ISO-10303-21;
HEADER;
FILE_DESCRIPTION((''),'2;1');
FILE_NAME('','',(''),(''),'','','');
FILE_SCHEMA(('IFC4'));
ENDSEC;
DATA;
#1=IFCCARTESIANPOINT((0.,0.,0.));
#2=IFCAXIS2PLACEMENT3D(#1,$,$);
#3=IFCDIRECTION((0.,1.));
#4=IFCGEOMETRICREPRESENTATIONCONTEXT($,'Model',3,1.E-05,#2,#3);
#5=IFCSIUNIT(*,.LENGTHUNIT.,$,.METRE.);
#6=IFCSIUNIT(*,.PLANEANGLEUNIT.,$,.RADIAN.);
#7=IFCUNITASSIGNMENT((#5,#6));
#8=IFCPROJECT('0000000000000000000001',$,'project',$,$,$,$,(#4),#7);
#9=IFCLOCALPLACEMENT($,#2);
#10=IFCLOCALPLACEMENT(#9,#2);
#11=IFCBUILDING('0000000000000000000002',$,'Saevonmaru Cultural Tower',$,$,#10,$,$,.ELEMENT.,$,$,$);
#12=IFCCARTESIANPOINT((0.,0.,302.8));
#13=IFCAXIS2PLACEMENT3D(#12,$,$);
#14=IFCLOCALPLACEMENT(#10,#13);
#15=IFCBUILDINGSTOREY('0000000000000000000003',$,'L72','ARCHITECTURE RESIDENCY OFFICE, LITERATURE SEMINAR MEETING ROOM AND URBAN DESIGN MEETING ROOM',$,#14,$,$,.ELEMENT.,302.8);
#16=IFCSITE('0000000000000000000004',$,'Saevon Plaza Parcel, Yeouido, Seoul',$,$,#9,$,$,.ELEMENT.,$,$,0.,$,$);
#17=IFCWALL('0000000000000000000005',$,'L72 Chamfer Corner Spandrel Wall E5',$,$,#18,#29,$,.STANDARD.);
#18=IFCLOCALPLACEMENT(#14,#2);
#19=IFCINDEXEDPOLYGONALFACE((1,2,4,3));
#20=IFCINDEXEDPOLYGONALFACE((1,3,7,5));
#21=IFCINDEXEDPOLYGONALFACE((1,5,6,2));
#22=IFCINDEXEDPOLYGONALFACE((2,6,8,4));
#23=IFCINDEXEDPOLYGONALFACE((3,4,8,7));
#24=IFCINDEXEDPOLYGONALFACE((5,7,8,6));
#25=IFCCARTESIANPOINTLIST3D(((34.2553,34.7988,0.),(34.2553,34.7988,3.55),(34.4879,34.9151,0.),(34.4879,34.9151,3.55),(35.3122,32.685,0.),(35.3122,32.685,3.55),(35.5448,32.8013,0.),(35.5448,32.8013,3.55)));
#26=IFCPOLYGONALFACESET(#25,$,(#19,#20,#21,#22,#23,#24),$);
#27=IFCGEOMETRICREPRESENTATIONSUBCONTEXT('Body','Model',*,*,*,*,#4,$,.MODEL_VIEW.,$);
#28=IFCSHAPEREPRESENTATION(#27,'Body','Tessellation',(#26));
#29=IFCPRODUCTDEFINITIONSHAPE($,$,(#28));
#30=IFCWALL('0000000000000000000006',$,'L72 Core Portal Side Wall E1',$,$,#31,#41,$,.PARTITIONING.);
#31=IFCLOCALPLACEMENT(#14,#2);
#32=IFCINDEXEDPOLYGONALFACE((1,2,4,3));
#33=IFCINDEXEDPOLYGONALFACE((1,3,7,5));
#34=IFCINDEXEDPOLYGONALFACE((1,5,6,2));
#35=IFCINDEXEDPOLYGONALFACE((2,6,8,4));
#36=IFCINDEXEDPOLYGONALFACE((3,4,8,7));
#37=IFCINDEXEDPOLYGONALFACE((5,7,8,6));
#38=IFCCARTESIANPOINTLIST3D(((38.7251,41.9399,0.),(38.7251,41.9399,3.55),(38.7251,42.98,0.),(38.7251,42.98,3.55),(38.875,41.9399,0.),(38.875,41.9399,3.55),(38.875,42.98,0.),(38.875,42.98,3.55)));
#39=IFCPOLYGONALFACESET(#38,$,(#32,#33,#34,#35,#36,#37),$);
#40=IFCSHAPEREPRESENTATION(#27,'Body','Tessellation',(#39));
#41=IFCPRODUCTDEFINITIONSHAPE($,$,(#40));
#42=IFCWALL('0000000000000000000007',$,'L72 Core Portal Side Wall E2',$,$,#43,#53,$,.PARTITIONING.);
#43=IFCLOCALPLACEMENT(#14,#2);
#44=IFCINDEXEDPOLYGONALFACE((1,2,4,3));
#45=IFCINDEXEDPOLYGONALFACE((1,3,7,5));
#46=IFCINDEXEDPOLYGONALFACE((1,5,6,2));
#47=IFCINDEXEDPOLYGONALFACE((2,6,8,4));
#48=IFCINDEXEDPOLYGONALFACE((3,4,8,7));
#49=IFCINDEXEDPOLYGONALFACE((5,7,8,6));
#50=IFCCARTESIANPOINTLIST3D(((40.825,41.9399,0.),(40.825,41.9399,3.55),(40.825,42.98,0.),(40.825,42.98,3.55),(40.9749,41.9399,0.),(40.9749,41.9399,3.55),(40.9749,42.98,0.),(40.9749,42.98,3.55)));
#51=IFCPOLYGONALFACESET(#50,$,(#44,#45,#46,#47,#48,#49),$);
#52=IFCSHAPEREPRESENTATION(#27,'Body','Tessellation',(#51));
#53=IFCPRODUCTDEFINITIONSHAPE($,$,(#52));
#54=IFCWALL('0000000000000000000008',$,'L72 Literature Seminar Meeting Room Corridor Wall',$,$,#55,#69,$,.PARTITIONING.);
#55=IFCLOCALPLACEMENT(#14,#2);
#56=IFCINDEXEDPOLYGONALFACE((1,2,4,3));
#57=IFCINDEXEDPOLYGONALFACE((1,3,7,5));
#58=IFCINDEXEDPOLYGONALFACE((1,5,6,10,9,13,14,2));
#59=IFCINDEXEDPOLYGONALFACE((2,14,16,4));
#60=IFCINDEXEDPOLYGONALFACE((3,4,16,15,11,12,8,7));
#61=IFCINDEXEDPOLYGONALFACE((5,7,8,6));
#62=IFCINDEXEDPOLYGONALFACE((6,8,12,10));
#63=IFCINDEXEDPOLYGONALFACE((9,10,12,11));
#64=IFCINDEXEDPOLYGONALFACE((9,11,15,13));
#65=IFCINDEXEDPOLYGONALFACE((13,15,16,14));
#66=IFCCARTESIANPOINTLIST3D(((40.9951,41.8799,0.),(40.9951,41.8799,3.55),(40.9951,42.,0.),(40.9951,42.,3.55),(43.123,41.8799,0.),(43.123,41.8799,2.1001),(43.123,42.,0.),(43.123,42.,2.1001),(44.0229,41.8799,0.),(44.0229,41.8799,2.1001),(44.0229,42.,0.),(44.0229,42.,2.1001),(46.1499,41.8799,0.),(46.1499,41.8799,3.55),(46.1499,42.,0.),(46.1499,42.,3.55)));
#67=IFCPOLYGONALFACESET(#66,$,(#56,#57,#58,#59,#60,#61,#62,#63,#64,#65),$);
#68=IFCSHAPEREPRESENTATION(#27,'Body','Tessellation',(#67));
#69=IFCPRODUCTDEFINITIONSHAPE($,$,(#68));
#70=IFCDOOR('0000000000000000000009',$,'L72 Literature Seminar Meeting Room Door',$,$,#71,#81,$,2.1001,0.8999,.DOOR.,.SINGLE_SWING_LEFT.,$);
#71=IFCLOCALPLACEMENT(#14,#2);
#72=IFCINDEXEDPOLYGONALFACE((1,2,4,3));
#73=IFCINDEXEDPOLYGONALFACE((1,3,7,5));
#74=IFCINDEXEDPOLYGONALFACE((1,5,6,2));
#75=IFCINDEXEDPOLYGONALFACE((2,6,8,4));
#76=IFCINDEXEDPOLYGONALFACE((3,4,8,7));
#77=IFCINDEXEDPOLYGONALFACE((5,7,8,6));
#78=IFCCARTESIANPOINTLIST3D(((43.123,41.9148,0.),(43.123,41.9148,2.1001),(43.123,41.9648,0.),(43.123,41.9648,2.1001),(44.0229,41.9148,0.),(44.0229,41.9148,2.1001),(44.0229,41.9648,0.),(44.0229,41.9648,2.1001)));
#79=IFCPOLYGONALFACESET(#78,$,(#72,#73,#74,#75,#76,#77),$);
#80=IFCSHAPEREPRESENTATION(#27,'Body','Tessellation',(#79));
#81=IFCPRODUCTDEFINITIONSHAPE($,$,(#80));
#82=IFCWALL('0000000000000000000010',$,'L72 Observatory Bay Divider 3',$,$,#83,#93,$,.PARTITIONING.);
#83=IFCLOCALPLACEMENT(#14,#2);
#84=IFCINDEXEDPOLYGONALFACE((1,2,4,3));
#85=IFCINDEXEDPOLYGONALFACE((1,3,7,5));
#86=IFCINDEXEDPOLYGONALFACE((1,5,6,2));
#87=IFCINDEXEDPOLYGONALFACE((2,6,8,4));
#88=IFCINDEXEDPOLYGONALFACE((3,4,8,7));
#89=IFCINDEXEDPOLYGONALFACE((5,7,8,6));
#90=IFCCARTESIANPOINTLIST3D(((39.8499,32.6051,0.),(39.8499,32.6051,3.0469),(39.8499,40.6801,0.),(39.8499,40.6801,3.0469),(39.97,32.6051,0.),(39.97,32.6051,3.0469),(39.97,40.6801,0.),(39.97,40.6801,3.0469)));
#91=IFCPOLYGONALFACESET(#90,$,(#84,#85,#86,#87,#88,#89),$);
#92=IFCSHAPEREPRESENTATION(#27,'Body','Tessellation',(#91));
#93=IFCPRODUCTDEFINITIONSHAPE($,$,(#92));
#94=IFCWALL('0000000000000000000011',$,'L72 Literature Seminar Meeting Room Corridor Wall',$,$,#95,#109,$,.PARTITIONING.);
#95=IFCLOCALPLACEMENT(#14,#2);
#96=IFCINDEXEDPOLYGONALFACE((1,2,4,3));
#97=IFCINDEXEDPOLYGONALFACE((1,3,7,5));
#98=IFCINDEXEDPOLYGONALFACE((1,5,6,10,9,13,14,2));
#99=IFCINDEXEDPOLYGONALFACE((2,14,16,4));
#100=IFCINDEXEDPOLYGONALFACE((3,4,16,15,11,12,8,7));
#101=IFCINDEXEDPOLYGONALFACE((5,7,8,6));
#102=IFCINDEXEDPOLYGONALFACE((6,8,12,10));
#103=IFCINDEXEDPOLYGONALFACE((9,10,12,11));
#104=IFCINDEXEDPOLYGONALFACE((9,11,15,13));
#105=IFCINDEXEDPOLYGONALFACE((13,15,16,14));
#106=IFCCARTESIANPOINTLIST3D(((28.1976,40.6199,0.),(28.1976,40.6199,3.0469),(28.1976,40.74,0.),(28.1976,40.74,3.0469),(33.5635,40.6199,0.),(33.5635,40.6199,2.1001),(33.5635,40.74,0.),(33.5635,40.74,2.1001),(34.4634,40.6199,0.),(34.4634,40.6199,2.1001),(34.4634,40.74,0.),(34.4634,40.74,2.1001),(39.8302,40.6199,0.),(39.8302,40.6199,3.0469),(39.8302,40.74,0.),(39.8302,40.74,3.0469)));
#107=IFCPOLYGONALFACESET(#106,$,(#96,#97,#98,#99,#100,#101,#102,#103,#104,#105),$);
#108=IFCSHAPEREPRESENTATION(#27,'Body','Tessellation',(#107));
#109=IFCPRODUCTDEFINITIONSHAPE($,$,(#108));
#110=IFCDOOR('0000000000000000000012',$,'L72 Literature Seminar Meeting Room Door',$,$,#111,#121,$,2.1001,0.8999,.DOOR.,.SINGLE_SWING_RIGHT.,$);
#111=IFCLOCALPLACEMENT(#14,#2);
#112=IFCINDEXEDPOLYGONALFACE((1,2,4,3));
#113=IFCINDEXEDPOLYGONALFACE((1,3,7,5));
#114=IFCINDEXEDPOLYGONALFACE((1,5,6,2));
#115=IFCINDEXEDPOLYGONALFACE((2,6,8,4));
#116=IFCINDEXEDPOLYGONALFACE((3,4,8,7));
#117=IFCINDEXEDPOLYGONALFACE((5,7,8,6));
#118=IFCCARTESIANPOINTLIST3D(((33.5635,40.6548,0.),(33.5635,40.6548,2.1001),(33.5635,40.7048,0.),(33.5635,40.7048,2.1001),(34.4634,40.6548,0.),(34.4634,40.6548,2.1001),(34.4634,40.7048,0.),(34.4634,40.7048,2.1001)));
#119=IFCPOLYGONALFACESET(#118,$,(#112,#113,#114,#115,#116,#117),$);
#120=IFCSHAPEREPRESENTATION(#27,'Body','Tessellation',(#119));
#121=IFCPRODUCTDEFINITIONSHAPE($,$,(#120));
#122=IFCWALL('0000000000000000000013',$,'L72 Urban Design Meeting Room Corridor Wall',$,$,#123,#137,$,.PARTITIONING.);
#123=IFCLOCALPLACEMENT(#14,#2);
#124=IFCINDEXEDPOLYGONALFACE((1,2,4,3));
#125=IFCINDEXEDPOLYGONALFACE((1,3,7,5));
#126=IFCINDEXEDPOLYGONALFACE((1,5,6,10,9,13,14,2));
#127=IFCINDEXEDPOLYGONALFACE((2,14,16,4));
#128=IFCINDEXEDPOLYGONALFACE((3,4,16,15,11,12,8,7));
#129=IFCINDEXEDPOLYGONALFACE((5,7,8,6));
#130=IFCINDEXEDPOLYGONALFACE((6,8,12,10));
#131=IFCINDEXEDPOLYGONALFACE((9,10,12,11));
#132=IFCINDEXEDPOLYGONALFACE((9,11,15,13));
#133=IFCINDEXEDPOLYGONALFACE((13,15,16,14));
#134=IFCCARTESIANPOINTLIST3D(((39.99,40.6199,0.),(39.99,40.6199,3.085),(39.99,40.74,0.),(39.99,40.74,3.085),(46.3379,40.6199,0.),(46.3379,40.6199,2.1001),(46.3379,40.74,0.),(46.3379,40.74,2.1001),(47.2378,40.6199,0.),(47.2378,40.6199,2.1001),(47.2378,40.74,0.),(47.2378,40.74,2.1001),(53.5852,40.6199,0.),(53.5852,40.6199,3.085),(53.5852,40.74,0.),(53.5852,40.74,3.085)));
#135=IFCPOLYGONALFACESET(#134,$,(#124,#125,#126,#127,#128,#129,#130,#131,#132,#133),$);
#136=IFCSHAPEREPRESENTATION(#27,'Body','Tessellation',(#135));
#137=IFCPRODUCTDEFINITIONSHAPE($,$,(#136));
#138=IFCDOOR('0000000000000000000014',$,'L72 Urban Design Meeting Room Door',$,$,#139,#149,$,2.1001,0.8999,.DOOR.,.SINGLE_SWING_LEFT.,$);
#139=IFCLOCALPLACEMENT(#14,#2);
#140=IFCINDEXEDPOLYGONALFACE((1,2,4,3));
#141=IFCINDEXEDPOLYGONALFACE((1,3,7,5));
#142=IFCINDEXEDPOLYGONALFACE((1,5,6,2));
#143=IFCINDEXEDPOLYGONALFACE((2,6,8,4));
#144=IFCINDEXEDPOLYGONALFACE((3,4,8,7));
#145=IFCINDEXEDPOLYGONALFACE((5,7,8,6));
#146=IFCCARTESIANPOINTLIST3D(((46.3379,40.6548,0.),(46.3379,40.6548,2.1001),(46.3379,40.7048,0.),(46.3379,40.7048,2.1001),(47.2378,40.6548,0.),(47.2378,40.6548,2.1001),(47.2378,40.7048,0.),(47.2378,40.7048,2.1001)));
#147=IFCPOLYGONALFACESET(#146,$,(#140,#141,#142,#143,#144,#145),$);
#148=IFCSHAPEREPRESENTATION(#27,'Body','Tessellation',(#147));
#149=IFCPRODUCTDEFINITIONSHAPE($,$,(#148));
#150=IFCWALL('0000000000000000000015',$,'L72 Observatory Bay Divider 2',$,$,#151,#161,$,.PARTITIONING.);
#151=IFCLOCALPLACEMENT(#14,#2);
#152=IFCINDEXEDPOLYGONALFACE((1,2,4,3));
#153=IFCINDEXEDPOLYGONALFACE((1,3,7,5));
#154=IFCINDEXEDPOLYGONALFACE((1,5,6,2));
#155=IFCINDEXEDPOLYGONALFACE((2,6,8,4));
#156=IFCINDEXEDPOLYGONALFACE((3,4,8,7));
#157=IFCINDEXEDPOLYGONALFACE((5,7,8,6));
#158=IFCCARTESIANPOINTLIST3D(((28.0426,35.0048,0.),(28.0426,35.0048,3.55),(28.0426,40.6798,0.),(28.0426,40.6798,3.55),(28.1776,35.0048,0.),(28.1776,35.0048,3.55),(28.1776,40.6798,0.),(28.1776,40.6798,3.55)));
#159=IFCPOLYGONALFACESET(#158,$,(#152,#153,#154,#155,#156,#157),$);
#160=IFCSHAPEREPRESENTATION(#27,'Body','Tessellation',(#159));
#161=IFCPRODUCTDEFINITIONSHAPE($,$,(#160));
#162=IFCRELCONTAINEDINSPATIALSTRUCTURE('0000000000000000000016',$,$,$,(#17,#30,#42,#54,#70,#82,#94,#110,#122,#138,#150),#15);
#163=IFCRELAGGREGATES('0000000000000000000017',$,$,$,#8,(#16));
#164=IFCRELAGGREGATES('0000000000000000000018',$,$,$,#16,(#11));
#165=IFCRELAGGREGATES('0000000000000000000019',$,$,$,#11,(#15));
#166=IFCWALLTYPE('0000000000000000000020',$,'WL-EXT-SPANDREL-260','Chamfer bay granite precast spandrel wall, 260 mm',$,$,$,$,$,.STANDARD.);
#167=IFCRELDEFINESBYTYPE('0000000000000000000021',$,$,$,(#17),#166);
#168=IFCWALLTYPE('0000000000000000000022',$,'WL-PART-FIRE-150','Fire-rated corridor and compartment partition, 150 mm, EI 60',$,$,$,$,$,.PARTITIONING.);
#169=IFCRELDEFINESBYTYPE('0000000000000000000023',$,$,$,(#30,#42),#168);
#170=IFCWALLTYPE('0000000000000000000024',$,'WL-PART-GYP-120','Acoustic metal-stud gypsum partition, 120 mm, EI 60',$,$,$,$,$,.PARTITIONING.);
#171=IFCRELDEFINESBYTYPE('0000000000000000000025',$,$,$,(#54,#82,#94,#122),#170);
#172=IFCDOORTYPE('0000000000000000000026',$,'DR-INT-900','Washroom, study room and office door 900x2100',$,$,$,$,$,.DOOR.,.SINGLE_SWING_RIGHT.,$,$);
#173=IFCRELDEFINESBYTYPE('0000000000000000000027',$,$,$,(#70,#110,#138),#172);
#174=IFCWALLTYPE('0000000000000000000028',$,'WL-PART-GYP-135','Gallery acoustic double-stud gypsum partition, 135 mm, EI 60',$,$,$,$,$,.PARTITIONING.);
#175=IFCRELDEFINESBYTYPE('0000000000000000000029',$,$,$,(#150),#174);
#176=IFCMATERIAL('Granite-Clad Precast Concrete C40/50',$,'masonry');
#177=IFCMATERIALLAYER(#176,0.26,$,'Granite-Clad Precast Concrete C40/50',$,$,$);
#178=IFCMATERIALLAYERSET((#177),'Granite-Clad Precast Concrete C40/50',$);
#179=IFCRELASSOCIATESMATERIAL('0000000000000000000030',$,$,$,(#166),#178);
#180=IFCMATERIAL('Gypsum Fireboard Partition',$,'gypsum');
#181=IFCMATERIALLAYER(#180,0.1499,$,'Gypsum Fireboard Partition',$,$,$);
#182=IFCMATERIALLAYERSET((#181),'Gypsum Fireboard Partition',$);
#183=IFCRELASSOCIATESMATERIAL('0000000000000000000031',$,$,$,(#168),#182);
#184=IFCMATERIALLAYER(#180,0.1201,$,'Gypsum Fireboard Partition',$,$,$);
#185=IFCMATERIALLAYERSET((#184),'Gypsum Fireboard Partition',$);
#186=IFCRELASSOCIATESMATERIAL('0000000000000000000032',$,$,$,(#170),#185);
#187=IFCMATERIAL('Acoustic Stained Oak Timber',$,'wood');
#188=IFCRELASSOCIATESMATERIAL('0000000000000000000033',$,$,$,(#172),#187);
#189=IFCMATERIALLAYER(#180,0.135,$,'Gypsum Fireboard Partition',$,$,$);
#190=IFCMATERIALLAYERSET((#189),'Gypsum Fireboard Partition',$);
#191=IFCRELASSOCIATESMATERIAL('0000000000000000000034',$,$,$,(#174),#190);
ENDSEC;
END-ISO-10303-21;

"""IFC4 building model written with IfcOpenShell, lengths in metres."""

from ifc_helpers import new_model, si_unit, direction, frame, frame_2d, origin, place, context, subcontext, project, spatial, rectangle, extrude, material, layer, layer_set, type_object, element, fill, save


model = new_model("IFC4")

# Units and contexts
model_context = context("Model", 3, precision=1e-05, world=origin(), true_north=direction((0.0, 1.0)))
body_context = subcontext(model_context, "Body", "Model", "MODEL_VIEW")
ifc_project = project(units=[si_unit("LENGTHUNIT", "METRE"), si_unit("PLANEANGLEUNIT", "RADIAN")], contexts=[model_context])

# Site, building, storey
site_placement = place(None, origin())
site = spatial("IfcSite", under=ifc_project, at=site_placement, Name="Saevon Plaza Parcel, Yeouido, Seoul", CompositionType="ELEMENT", RefElevation=0.0)
building_placement = place(site_placement, origin())
building = spatial("IfcBuilding", under=site, at=building_placement, Name="Saevonmaru Cultural Tower", CompositionType="ELEMENT")
storey_placement = place(building_placement, frame((0.0, 0.0, 302.8)))
storey = spatial("IfcBuildingStorey", under=building, at=storey_placement, Name="L72", Description="ARCHITECTURE RESIDENCY OFFICE, LITERATURE SEMINAR MEETING ROOM AND URBAN DESIGN MEETING ROOM", CompositionType="ELEMENT", Elevation=302.8)

# Shared definitions
ifc_material_1 = material(Name="Gypsum Fireboard Partition", Category="gypsum")

# Walls
ifc_material_2 = material(Name="Granite-Clad Precast Concrete C40/50", Category="masonry")
ifc_layer_1 = layer(ifc_material_2, 0.26, Name="Granite-Clad Precast Concrete C40/50")
ifc_layer_set_1 = layer_set([ifc_layer_1], Name="Granite-Clad Precast Concrete C40/50")
wall_type_1 = type_object("IfcWallType", Name="WL-EXT-SPANDREL-260", Description="Chamfer bay granite precast spandrel wall, 260 mm", PredefinedType="STANDARD", material=ifc_layer_set_1)
for number, where, z_axis, x_axis, name in (
    (1, (34.3716, 34.8569, 0.0), (0.0, 0.0, 1.0), (0.447214, -0.894427, 0.0), "L72 Chamfer Corner Spandrel Wall E5"),
):
    element("IfcWall", number, at=place(storey_placement, frame(where, z_axis=z_axis, x_axis=x_axis)), inside=storey, type_object=wall_type_1, Name=name, PredefinedType="STANDARD", context=body_context, shape_type="SweptSolid", body=[
        extrude(rectangle(XDim=2.3633, YDim=0.26, at=frame_2d((1.1816, 0.0))), origin(), (0.0, 0.0, 1.0), 3.55),
    ])
ifc_layer_2 = layer(ifc_material_1, 0.1499, Name="Gypsum Fireboard Partition")
ifc_layer_set_2 = layer_set([ifc_layer_2], Name="Gypsum Fireboard Partition")
wall_type_2 = type_object("IfcWallType", Name="WL-PART-FIRE-150", Description="Fire-rated corridor and compartment partition, 150 mm, EI 60", PredefinedType="PARTITIONING", material=ifc_layer_set_2)
for number, where, z_axis, x_axis, name in (
    (2, (38.8, 41.9399, 0.0), (0.0, 0.0, 1.0), (0.0, 1.0, 0.0), "L72 Core Portal Side Wall E1"),
    (3, (40.8999, 41.9399, 0.0), (0.0, 0.0, 1.0), (0.0, 1.0, 0.0), "L72 Core Portal Side Wall E2"),
):
    element("IfcWall", number, at=place(storey_placement, frame(where, z_axis=z_axis, x_axis=x_axis)), inside=storey, type_object=wall_type_2, Name=name, PredefinedType="PARTITIONING", context=body_context, shape_type="SweptSolid", body=[
        extrude(rectangle(XDim=1.04, YDim=0.1499, at=frame_2d((0.52, 0.0))), origin(), (0.0, 0.0, 1.0), 3.55),
    ])

# Wall, opening, door
ifc_layer_3 = layer(ifc_material_1, 0.1201, Name="Gypsum Fireboard Partition")
ifc_layer_set_3 = layer_set([ifc_layer_3], Name="Gypsum Fireboard Partition")
wall_type_3 = type_object("IfcWallType", Name="WL-PART-GYP-120", Description="Acoustic metal-stud gypsum partition, 120 mm, EI 60", PredefinedType="PARTITIONING", material=ifc_layer_set_3)
wall_1_placement = place(storey_placement, frame((40.9951, 41.9399, 0.0), z_axis=(0.0, 0.0, 1.0), x_axis=(1.0, 0.0, 0.0)))
wall_1 = element("IfcWall", 4, at=wall_1_placement, inside=storey, type_object=wall_type_3, Name="L72 Literature Seminar Meeting Room Corridor Wall", PredefinedType="PARTITIONING", context=body_context, shape_type="SweptSolid", body=[
    extrude(rectangle(XDim=5.1548, YDim=0.1201, at=frame_2d((2.5774, 0.0))), origin(), (0.0, 0.0, 1.0), 3.55),
])
opening_1_placement = place(wall_1_placement, frame((2.1279, 0.0, 0.0)))
opening_1 = element("IfcOpeningElement", 5, at=opening_1_placement, cuts=wall_1, PredefinedType="OPENING", context=body_context, shape_type="SweptSolid", body=[
    extrude(rectangle(XDim=0.8999, YDim=2.1001, at=frame_2d((0.45, 1.05))), frame((0.0, 0.0701, 0.0), z_axis=(0.0, -1.0, 0.0), x_axis=(1.0, 0.0, 0.0)), (0.0, 0.0, 1.0), 0.1401),
])
ifc_material_3 = material(Name="Acoustic Stained Oak Timber", Category="wood")
door_type_1 = type_object("IfcDoorType", Name="DR-INT-900", Description="Washroom, study room and office door 900x2100", OperationType="SINGLE_SWING_RIGHT", PredefinedType="DOOR", material=ifc_material_3)
door_1_placement = place(opening_1_placement, origin())
door_1 = element("IfcDoor", 6, at=door_1_placement, inside=storey, type_object=door_type_1, Name="L72 Literature Seminar Meeting Room Door", OperationType="SINGLE_SWING_LEFT", OverallHeight=2.1001, OverallWidth=0.8999, PredefinedType="DOOR", context=body_context, shape_type="SweptSolid", body=[
    extrude(rectangle(XDim=0.8999, YDim=2.1001, at=frame_2d((0.45, 1.05))), frame((0.0, 0.0249, 0.0), z_axis=(0.0, -1.0, 0.0), x_axis=(1.0, 0.0, 0.0)), (0.0, 0.0, 1.0), 0.05),
])
fill(opening_1, door_1)

# Wall
wall_2_placement = place(storey_placement, frame((39.9099, 32.605, 0.0), z_axis=(0.0, 0.0, 1.0), x_axis=(0.0, 1.0, 0.0)))
element("IfcWall", 7, at=wall_2_placement, inside=storey, type_object=wall_type_3, Name="L72 Observatory Bay Divider 3", PredefinedType="PARTITIONING", context=body_context, shape_type="SweptSolid", body=[
    extrude(rectangle(XDim=8.075, YDim=0.1201, at=frame_2d((4.0376, 0.0))), origin(), (0.0, 0.0, 1.0), 3.0469),
])

# Walls, openings, doors
wall_3_placement = place(storey_placement, frame((28.1975, 40.6799, 0.0), z_axis=(0.0, 0.0, 1.0), x_axis=(1.0, 0.0, 0.0)))
wall_3 = element("IfcWall", 8, at=wall_3_placement, inside=storey, type_object=wall_type_3, Name="L72 Literature Seminar Meeting Room Corridor Wall", PredefinedType="PARTITIONING", context=body_context, shape_type="SweptSolid", body=[
    extrude(rectangle(XDim=11.6326, YDim=0.1201, at=frame_2d((5.8164, 0.0))), origin(), (0.0, 0.0, 1.0), 3.0469),
])
opening_2_placement = place(wall_3_placement, frame((5.366, 0.0, 0.0)))
opening_2 = element("IfcOpeningElement", 9, at=opening_2_placement, cuts=wall_3, PredefinedType="OPENING", context=body_context, shape_type="SweptSolid", body=[
    extrude(rectangle(XDim=0.8999, YDim=2.1001, at=frame_2d((0.45, 1.05))), frame((0.0, 0.0701, 0.0), z_axis=(0.0, -1.0, 0.0), x_axis=(1.0, 0.0, 0.0)), (0.0, 0.0, 1.0), 0.1401),
])
door_2_placement = place(opening_2_placement, origin())
door_2 = element("IfcDoor", 10, at=door_2_placement, inside=storey, type_object=door_type_1, Name="L72 Literature Seminar Meeting Room Door", OperationType="SINGLE_SWING_RIGHT", OverallHeight=2.1001, OverallWidth=0.8999, PredefinedType="DOOR", context=body_context, shape_type="SweptSolid", body=[
    extrude(rectangle(XDim=0.8999, YDim=2.1001, at=frame_2d((0.45, 1.05))), frame((0.0, 0.0249, 0.0), z_axis=(0.0, -1.0, 0.0), x_axis=(1.0, 0.0, 0.0)), (0.0, 0.0, 1.0), 0.05),
])
fill(opening_2, door_2)
wall_4_placement = place(storey_placement, frame((39.99, 40.6799, 0.0), z_axis=(0.0, 0.0, 1.0), x_axis=(1.0, 0.0, 0.0)))
wall_4 = element("IfcWall", 11, at=wall_4_placement, inside=storey, type_object=wall_type_3, Name="L72 Urban Design Meeting Room Corridor Wall", PredefinedType="PARTITIONING", context=body_context, shape_type="SweptSolid", body=[
    extrude(rectangle(XDim=13.5952, YDim=0.1201, at=frame_2d((6.7976, 0.0))), origin(), (0.0, 0.0, 1.0), 3.085),
])
opening_3_placement = place(wall_4_placement, frame((6.3479, 0.0, 0.0)))
opening_3 = element("IfcOpeningElement", 12, at=opening_3_placement, cuts=wall_4, PredefinedType="OPENING", context=body_context, shape_type="SweptSolid", body=[
    extrude(rectangle(XDim=0.8999, YDim=2.1001, at=frame_2d((0.45, 1.05))), frame((0.0, 0.0701, 0.0), z_axis=(0.0, -1.0, 0.0), x_axis=(1.0, 0.0, 0.0)), (0.0, 0.0, 1.0), 0.1401),
])
door_3_placement = place(opening_3_placement, origin())
door_3 = element("IfcDoor", 13, at=door_3_placement, inside=storey, type_object=door_type_1, Name="L72 Urban Design Meeting Room Door", OperationType="SINGLE_SWING_LEFT", OverallHeight=2.1001, OverallWidth=0.8999, PredefinedType="DOOR", context=body_context, shape_type="SweptSolid", body=[
    extrude(rectangle(XDim=0.8999, YDim=2.1001, at=frame_2d((0.45, 1.05))), frame((0.0, 0.0249, 0.0), z_axis=(0.0, -1.0, 0.0), x_axis=(1.0, 0.0, 0.0)), (0.0, 0.0, 1.0), 0.05),
])
fill(opening_3, door_3)

# Wall
ifc_layer_4 = layer(ifc_material_1, 0.135, Name="Gypsum Fireboard Partition")
ifc_layer_set_4 = layer_set([ifc_layer_4], Name="Gypsum Fireboard Partition")
wall_type_4 = type_object("IfcWallType", Name="WL-PART-GYP-135", Description="Gallery acoustic double-stud gypsum partition, 135 mm, EI 60", PredefinedType="PARTITIONING", material=ifc_layer_set_4)
wall_5_placement = place(storey_placement, frame((28.1101, 35.0049, 0.0), z_axis=(0.0, 0.0, 1.0), x_axis=(0.0, 1.0, 0.0)))
element("IfcWall", 14, at=wall_5_placement, inside=storey, type_object=wall_type_4, Name="L72 Observatory Bay Divider 2", PredefinedType="PARTITIONING", context=body_context, shape_type="SweptSolid", body=[
    extrude(rectangle(XDim=5.675, YDim=0.135, at=frame_2d((2.8374, 0.0))), origin(), (0.0, 0.0, 1.0), 3.55),
])

save(model, "model.ifc")
